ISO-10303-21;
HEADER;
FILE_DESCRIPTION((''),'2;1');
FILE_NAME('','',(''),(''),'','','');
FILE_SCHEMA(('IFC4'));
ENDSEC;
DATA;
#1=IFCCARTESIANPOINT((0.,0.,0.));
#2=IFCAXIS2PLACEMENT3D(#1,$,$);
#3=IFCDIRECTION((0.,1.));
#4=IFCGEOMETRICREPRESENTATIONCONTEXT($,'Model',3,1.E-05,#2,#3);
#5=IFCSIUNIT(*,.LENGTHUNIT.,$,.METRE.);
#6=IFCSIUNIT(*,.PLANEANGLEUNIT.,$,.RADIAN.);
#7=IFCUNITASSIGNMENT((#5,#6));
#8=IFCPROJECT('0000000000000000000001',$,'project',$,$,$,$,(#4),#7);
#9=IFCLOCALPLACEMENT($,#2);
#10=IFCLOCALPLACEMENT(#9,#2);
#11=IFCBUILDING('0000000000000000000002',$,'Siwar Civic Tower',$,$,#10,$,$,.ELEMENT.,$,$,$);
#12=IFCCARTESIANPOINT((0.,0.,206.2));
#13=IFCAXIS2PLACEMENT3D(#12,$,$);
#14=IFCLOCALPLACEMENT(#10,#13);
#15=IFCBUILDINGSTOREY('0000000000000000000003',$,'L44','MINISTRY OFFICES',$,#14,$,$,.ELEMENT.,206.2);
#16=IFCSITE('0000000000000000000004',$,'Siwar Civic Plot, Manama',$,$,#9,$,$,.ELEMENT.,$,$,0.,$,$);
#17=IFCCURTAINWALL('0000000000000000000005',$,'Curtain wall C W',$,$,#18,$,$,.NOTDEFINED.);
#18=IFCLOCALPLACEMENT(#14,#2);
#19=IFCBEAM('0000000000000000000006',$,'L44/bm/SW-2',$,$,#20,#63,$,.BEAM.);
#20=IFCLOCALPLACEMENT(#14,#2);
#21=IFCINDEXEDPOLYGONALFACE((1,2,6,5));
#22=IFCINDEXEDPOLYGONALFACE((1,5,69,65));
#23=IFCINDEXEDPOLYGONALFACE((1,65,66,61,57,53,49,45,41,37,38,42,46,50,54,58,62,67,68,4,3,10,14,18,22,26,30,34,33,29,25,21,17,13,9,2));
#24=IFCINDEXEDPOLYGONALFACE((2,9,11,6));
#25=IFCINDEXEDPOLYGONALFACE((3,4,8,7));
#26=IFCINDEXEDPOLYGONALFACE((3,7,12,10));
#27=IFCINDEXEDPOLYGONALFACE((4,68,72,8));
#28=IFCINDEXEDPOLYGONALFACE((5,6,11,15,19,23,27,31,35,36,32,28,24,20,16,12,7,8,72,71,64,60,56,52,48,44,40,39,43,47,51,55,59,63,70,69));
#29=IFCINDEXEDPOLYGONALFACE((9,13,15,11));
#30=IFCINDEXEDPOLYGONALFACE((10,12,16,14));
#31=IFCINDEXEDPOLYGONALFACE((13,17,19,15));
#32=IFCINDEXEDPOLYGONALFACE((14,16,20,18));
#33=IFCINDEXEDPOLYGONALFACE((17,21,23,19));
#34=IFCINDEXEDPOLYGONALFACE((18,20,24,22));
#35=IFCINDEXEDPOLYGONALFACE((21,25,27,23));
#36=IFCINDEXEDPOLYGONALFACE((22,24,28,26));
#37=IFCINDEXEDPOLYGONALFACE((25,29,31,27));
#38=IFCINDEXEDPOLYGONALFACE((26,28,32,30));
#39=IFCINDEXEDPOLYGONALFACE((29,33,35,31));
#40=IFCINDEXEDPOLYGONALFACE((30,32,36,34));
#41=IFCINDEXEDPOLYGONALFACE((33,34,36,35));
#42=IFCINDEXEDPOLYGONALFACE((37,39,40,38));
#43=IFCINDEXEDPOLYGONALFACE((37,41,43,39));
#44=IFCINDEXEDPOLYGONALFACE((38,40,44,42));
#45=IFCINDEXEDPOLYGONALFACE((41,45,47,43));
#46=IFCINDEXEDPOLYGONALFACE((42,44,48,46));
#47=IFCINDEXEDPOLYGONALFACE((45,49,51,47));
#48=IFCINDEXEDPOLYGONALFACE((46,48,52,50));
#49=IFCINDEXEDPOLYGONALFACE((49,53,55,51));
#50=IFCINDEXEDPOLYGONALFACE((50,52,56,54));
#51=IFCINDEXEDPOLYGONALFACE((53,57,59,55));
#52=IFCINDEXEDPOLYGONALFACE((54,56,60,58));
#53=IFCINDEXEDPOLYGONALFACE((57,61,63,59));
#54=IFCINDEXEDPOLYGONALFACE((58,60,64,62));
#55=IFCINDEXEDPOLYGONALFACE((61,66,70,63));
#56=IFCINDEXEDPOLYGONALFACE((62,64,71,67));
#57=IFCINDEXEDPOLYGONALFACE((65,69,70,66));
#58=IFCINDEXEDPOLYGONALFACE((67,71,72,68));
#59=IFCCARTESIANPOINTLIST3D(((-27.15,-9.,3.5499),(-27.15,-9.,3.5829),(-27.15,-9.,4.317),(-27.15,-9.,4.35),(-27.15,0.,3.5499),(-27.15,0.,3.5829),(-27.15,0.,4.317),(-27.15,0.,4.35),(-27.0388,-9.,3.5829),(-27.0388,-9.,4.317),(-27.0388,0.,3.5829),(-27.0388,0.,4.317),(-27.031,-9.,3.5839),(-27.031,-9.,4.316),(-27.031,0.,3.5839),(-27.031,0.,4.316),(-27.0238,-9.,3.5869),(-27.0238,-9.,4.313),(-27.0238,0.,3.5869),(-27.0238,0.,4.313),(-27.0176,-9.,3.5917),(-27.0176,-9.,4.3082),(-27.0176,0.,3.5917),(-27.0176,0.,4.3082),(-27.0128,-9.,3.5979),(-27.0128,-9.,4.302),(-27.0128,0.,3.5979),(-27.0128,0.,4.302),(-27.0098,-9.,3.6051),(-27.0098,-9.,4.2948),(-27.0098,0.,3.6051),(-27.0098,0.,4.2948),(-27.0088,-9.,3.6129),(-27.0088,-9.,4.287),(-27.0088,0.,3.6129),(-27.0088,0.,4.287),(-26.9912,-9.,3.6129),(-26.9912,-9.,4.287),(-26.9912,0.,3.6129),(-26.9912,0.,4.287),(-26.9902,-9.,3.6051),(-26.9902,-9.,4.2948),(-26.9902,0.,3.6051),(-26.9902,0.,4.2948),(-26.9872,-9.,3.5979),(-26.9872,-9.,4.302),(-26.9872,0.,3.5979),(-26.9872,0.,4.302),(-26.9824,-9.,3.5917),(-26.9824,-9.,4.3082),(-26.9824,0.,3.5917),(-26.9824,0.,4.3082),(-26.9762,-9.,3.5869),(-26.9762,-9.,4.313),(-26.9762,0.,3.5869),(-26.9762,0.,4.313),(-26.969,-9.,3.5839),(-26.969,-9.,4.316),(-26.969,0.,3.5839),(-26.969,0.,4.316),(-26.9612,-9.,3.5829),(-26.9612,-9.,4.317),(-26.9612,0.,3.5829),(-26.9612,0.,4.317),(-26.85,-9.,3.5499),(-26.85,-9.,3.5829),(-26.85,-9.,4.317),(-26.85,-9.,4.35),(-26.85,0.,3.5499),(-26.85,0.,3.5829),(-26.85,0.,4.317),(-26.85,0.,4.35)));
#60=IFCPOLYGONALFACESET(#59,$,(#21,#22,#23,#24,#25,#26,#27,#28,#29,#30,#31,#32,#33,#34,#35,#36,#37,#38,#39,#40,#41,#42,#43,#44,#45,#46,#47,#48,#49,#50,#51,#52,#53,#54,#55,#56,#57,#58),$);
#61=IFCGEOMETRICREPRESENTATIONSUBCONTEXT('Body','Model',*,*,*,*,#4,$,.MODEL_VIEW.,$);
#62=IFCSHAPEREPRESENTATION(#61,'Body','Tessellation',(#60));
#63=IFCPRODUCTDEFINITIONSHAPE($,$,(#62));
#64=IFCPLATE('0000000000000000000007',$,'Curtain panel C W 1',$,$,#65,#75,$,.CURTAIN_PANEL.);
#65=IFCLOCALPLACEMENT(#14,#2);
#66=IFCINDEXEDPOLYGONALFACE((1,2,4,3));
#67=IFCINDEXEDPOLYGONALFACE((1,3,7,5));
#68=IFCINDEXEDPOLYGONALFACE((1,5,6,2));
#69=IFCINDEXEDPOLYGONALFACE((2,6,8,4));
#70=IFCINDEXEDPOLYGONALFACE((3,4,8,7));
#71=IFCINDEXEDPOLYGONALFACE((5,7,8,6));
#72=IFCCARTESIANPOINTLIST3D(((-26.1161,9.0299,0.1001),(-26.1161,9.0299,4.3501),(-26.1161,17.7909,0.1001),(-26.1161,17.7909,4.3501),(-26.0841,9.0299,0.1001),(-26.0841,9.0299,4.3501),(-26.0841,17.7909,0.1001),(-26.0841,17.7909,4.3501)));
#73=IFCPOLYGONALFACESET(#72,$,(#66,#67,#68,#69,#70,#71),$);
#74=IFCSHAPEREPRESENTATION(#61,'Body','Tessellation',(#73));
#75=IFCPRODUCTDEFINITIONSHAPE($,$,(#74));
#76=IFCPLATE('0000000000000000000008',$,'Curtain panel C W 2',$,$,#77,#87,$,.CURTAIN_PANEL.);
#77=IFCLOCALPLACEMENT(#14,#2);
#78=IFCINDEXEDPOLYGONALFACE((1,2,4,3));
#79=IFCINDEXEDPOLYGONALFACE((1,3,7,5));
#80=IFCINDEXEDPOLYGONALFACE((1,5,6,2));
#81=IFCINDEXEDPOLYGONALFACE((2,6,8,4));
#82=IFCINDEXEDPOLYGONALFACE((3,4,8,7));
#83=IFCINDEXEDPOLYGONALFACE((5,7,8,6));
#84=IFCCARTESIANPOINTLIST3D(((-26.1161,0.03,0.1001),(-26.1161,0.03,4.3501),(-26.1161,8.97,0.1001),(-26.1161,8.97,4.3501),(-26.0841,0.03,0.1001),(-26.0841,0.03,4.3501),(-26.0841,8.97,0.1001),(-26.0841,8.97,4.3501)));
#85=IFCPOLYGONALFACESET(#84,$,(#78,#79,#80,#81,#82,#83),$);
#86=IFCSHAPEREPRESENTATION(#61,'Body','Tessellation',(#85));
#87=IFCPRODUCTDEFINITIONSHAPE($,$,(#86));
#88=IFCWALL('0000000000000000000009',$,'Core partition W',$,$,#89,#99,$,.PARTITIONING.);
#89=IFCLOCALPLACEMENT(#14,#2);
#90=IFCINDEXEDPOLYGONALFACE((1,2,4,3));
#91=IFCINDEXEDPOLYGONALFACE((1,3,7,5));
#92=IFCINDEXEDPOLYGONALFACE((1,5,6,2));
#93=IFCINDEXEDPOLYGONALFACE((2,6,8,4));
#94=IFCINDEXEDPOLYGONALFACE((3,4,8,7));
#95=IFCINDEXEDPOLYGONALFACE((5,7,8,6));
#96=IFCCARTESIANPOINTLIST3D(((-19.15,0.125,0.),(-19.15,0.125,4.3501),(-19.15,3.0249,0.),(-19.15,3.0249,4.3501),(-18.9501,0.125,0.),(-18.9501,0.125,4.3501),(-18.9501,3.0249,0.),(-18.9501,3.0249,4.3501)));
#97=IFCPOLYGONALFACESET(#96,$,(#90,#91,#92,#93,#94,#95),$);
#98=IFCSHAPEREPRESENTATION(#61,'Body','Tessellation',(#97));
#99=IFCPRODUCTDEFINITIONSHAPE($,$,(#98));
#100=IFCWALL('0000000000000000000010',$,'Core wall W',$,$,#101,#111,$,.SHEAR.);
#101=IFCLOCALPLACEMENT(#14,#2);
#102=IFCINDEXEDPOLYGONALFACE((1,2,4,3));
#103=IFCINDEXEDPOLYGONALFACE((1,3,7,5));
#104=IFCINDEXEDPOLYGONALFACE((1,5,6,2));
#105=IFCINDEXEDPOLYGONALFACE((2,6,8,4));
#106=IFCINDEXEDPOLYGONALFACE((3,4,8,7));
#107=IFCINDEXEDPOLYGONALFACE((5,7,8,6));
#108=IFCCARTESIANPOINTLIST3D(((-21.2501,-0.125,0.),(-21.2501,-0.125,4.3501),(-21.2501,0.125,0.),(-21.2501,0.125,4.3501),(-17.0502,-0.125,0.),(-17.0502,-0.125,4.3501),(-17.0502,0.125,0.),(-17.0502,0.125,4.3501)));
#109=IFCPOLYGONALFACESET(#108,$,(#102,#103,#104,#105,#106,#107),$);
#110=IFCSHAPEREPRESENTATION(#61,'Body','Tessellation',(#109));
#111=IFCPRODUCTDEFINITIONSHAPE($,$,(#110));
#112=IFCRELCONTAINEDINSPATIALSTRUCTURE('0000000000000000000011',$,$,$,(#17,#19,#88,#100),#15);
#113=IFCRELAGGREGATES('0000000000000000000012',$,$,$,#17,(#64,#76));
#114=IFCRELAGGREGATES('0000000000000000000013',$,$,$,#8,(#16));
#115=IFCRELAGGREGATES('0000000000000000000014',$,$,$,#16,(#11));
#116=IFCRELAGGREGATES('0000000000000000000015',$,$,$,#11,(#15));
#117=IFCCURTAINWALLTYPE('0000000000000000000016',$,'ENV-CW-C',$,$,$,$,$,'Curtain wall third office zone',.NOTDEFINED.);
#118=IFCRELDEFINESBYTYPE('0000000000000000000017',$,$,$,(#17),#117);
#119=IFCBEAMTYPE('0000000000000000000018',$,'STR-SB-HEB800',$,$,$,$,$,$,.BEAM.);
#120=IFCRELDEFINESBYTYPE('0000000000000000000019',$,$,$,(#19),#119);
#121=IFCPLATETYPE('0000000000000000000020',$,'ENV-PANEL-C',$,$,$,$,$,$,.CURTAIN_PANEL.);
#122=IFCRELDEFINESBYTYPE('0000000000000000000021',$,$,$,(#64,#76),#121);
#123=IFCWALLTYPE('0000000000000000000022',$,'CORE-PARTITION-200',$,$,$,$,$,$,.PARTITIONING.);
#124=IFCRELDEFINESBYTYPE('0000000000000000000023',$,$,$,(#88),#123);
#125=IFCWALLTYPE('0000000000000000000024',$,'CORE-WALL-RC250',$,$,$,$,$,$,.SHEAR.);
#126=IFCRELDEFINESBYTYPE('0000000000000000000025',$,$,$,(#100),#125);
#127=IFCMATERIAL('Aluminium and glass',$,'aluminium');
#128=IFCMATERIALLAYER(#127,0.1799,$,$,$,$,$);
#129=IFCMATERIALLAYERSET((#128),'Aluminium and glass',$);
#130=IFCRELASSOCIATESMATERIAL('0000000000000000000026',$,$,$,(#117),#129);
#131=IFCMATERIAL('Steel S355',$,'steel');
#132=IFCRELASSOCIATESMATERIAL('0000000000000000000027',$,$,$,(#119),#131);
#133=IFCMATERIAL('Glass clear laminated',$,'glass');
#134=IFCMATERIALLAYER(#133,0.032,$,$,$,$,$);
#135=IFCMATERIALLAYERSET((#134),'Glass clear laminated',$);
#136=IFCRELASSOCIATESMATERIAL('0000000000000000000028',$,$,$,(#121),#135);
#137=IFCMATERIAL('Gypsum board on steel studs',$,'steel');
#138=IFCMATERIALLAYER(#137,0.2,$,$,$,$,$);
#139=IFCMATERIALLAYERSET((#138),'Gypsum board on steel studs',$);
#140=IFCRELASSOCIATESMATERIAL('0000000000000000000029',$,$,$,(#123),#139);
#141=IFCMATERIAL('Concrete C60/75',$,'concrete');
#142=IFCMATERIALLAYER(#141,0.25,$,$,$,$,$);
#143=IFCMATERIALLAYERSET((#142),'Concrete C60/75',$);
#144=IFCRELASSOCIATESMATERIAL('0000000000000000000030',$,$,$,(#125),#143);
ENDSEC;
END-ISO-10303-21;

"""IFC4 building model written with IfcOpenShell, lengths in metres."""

from ifc_helpers import new_model, si_unit, direction, frame, frame_2d, origin, origin_2d, place, context, subcontext, project, spatial, rectangle, i_section, extrude, material, layer, layer_set, material_profile, profile_set, type_object, element, aggregate, save


model = new_model("IFC4")

# Units and contexts
model_context = context("Model", 3, precision=1e-05, world=origin(), true_north=direction((0.0, 1.0)))
body_context = subcontext(model_context, "Body", "Model", "MODEL_VIEW")
ifc_project = project(units=[si_unit("LENGTHUNIT", "METRE"), si_unit("PLANEANGLEUNIT", "RADIAN")], contexts=[model_context])

# Site, building, storey
site_placement = place(None, origin())
site = spatial("IfcSite", under=ifc_project, at=site_placement, Name="Siwar Civic Plot, Manama", CompositionType="ELEMENT", RefElevation=0.0)
building_placement = place(site_placement, origin())
building = spatial("IfcBuilding", under=site, at=building_placement, Name="Siwar Civic Tower", CompositionType="ELEMENT")
storey_placement = place(building_placement, frame((0.0, 0.0, 206.2)))
storey = spatial("IfcBuildingStorey", under=building, at=storey_placement, Name="L44", Description="MINISTRY OFFICES", CompositionType="ELEMENT", Elevation=206.2)

# Curtain wall
ifc_material_1 = material(Name="Aluminium and glass", Category="aluminium")
ifc_layer_1 = layer(ifc_material_1, 0.1799)
ifc_layer_set_1 = layer_set([ifc_layer_1], Name="Aluminium and glass")
curtain_wall_type = type_object("IfcCurtainWallType", Name="ENV-CW-C", ElementType="Curtain wall third office zone", PredefinedType="NOTDEFINED", material=ifc_layer_set_1)
curtain_wall_placement = place(storey_placement, origin())
curtain_wall = element("IfcCurtainWall", 1, at=curtain_wall_placement, inside=storey, type_object=curtain_wall_type, Name="Curtain wall C W", PredefinedType="NOTDEFINED")

# Beam
ifc_material_2 = material(Name="Steel S355", Category="steel")
ifc_material_profile_1 = material_profile(ifc_material_2, i_section(OverallWidth=0.3, OverallDepth=0.8, WebThickness=0.0176, FlangeThickness=0.033, FilletRadius=0.03, at=origin_2d()), Name="HEB800")
ifc_profile_set_1 = profile_set([ifc_material_profile_1], Name="Steel S355")
beam_type_1 = type_object("IfcBeamType", Name="STR-SB-HEB800", PredefinedType="BEAM", material=ifc_profile_set_1)
for number, where, z_axis, x_axis, name in (
    (2, (-27.0, 0.0, 3.95), (0.0, -1.0, 0.0), (1.0, 0.0, 0.0), "L44/bm/SW-2"),
):
    element("IfcBeam", number, at=place(storey_placement, frame(where, z_axis=z_axis, x_axis=x_axis)), inside=storey, type_object=beam_type_1, Name=name, PredefinedType="BEAM", context=body_context, shape_type="SweptSolid", body=[
        extrude(i_section(OverallWidth=0.3, OverallDepth=0.8, WebThickness=0.0176, FlangeThickness=0.033, FilletRadius=0.03, at=origin_2d()), origin(), (0.0, 0.0, 1.0), 9.0),
    ])

# Plates
ifc_material_3 = material(Name="Glass clear laminated", Category="glass")
ifc_layer_2 = layer(ifc_material_3, 0.032)
ifc_layer_set_2 = layer_set([ifc_layer_2], Name="Glass clear laminated")
plate_type = type_object("IfcPlateType", Name="ENV-PANEL-C", PredefinedType="CURTAIN_PANEL", material=ifc_layer_set_2)
plate_1_placement = place(storey_placement, frame((-26.1001, 13.4104, 0.1001), z_axis=(0.0, 0.0, 1.0), x_axis=(0.0, -1.0, 0.0)))
plate_1 = element("IfcPlate", 3, at=plate_1_placement, type_object=plate_type, Name="Curtain panel C W 1", PredefinedType="CURTAIN_PANEL", context=body_context, shape_type="SweptSolid", body=[
    extrude(rectangle(XDim=8.761, YDim=0.032, at=origin_2d()), origin(), (0.0, 0.0, 1.0), 4.25),
])
plate_2_placement = place(storey_placement, frame((-26.1001, 4.5, 0.1001), z_axis=(0.0, 0.0, 1.0), x_axis=(0.0, -1.0, 0.0)))
plate_2 = element("IfcPlate", 4, at=plate_2_placement, type_object=plate_type, Name="Curtain panel C W 2", PredefinedType="CURTAIN_PANEL", context=body_context, shape_type="SweptSolid", body=[
    extrude(rectangle(XDim=8.9399, YDim=0.032, at=origin_2d()), origin(), (0.0, 0.0, 1.0), 4.25),
])
aggregate(curtain_wall, [plate_1, plate_2])

# Walls
ifc_material_4 = material(Name="Gypsum board on steel studs", Category="steel")
ifc_layer_3 = layer(ifc_material_4, 0.2)
ifc_layer_set_3 = layer_set([ifc_layer_3], Name="Gypsum board on steel studs")
wall_type_1 = type_object("IfcWallType", Name="CORE-PARTITION-200", PredefinedType="PARTITIONING", material=ifc_layer_set_3)
wall_1_placement = place(storey_placement, frame((-19.05, 0.125, 0.0), z_axis=(0.0, 0.0, 1.0), x_axis=(0.0, 1.0, 0.0)))
element("IfcWall", 5, at=wall_1_placement, inside=storey, type_object=wall_type_1, Name="Core partition W", PredefinedType="PARTITIONING", context=body_context, shape_type="SweptSolid", body=[
    extrude(rectangle(XDim=2.8999, YDim=0.2, at=frame_2d((1.45, 0.0))), origin(), (0.0, 0.0, 1.0), 4.3501),
])
ifc_material_5 = material(Name="Concrete C60/75", Category="concrete")
ifc_layer_4 = layer(ifc_material_5, 0.25)
ifc_layer_set_4 = layer_set([ifc_layer_4], Name="Concrete C60/75")
wall_type_2 = type_object("IfcWallType", Name="CORE-WALL-RC250", PredefinedType="SHEAR", material=ifc_layer_set_4)
wall_2_placement = place(storey_placement, frame((-17.05, 0.0, 0.0), z_axis=(0.0, 0.0, 1.0), x_axis=(-1.0, 0.0, 0.0)))
element("IfcWall", 6, at=wall_2_placement, inside=storey, type_object=wall_type_2, Name="Core wall W", PredefinedType="SHEAR", context=body_context, shape_type="SweptSolid", body=[
    extrude(rectangle(XDim=4.2, YDim=0.25, at=frame_2d((2.1001, 0.0))), origin(), (0.0, 0.0, 1.0), 4.3501),
])

save(model, "model.ifc")
